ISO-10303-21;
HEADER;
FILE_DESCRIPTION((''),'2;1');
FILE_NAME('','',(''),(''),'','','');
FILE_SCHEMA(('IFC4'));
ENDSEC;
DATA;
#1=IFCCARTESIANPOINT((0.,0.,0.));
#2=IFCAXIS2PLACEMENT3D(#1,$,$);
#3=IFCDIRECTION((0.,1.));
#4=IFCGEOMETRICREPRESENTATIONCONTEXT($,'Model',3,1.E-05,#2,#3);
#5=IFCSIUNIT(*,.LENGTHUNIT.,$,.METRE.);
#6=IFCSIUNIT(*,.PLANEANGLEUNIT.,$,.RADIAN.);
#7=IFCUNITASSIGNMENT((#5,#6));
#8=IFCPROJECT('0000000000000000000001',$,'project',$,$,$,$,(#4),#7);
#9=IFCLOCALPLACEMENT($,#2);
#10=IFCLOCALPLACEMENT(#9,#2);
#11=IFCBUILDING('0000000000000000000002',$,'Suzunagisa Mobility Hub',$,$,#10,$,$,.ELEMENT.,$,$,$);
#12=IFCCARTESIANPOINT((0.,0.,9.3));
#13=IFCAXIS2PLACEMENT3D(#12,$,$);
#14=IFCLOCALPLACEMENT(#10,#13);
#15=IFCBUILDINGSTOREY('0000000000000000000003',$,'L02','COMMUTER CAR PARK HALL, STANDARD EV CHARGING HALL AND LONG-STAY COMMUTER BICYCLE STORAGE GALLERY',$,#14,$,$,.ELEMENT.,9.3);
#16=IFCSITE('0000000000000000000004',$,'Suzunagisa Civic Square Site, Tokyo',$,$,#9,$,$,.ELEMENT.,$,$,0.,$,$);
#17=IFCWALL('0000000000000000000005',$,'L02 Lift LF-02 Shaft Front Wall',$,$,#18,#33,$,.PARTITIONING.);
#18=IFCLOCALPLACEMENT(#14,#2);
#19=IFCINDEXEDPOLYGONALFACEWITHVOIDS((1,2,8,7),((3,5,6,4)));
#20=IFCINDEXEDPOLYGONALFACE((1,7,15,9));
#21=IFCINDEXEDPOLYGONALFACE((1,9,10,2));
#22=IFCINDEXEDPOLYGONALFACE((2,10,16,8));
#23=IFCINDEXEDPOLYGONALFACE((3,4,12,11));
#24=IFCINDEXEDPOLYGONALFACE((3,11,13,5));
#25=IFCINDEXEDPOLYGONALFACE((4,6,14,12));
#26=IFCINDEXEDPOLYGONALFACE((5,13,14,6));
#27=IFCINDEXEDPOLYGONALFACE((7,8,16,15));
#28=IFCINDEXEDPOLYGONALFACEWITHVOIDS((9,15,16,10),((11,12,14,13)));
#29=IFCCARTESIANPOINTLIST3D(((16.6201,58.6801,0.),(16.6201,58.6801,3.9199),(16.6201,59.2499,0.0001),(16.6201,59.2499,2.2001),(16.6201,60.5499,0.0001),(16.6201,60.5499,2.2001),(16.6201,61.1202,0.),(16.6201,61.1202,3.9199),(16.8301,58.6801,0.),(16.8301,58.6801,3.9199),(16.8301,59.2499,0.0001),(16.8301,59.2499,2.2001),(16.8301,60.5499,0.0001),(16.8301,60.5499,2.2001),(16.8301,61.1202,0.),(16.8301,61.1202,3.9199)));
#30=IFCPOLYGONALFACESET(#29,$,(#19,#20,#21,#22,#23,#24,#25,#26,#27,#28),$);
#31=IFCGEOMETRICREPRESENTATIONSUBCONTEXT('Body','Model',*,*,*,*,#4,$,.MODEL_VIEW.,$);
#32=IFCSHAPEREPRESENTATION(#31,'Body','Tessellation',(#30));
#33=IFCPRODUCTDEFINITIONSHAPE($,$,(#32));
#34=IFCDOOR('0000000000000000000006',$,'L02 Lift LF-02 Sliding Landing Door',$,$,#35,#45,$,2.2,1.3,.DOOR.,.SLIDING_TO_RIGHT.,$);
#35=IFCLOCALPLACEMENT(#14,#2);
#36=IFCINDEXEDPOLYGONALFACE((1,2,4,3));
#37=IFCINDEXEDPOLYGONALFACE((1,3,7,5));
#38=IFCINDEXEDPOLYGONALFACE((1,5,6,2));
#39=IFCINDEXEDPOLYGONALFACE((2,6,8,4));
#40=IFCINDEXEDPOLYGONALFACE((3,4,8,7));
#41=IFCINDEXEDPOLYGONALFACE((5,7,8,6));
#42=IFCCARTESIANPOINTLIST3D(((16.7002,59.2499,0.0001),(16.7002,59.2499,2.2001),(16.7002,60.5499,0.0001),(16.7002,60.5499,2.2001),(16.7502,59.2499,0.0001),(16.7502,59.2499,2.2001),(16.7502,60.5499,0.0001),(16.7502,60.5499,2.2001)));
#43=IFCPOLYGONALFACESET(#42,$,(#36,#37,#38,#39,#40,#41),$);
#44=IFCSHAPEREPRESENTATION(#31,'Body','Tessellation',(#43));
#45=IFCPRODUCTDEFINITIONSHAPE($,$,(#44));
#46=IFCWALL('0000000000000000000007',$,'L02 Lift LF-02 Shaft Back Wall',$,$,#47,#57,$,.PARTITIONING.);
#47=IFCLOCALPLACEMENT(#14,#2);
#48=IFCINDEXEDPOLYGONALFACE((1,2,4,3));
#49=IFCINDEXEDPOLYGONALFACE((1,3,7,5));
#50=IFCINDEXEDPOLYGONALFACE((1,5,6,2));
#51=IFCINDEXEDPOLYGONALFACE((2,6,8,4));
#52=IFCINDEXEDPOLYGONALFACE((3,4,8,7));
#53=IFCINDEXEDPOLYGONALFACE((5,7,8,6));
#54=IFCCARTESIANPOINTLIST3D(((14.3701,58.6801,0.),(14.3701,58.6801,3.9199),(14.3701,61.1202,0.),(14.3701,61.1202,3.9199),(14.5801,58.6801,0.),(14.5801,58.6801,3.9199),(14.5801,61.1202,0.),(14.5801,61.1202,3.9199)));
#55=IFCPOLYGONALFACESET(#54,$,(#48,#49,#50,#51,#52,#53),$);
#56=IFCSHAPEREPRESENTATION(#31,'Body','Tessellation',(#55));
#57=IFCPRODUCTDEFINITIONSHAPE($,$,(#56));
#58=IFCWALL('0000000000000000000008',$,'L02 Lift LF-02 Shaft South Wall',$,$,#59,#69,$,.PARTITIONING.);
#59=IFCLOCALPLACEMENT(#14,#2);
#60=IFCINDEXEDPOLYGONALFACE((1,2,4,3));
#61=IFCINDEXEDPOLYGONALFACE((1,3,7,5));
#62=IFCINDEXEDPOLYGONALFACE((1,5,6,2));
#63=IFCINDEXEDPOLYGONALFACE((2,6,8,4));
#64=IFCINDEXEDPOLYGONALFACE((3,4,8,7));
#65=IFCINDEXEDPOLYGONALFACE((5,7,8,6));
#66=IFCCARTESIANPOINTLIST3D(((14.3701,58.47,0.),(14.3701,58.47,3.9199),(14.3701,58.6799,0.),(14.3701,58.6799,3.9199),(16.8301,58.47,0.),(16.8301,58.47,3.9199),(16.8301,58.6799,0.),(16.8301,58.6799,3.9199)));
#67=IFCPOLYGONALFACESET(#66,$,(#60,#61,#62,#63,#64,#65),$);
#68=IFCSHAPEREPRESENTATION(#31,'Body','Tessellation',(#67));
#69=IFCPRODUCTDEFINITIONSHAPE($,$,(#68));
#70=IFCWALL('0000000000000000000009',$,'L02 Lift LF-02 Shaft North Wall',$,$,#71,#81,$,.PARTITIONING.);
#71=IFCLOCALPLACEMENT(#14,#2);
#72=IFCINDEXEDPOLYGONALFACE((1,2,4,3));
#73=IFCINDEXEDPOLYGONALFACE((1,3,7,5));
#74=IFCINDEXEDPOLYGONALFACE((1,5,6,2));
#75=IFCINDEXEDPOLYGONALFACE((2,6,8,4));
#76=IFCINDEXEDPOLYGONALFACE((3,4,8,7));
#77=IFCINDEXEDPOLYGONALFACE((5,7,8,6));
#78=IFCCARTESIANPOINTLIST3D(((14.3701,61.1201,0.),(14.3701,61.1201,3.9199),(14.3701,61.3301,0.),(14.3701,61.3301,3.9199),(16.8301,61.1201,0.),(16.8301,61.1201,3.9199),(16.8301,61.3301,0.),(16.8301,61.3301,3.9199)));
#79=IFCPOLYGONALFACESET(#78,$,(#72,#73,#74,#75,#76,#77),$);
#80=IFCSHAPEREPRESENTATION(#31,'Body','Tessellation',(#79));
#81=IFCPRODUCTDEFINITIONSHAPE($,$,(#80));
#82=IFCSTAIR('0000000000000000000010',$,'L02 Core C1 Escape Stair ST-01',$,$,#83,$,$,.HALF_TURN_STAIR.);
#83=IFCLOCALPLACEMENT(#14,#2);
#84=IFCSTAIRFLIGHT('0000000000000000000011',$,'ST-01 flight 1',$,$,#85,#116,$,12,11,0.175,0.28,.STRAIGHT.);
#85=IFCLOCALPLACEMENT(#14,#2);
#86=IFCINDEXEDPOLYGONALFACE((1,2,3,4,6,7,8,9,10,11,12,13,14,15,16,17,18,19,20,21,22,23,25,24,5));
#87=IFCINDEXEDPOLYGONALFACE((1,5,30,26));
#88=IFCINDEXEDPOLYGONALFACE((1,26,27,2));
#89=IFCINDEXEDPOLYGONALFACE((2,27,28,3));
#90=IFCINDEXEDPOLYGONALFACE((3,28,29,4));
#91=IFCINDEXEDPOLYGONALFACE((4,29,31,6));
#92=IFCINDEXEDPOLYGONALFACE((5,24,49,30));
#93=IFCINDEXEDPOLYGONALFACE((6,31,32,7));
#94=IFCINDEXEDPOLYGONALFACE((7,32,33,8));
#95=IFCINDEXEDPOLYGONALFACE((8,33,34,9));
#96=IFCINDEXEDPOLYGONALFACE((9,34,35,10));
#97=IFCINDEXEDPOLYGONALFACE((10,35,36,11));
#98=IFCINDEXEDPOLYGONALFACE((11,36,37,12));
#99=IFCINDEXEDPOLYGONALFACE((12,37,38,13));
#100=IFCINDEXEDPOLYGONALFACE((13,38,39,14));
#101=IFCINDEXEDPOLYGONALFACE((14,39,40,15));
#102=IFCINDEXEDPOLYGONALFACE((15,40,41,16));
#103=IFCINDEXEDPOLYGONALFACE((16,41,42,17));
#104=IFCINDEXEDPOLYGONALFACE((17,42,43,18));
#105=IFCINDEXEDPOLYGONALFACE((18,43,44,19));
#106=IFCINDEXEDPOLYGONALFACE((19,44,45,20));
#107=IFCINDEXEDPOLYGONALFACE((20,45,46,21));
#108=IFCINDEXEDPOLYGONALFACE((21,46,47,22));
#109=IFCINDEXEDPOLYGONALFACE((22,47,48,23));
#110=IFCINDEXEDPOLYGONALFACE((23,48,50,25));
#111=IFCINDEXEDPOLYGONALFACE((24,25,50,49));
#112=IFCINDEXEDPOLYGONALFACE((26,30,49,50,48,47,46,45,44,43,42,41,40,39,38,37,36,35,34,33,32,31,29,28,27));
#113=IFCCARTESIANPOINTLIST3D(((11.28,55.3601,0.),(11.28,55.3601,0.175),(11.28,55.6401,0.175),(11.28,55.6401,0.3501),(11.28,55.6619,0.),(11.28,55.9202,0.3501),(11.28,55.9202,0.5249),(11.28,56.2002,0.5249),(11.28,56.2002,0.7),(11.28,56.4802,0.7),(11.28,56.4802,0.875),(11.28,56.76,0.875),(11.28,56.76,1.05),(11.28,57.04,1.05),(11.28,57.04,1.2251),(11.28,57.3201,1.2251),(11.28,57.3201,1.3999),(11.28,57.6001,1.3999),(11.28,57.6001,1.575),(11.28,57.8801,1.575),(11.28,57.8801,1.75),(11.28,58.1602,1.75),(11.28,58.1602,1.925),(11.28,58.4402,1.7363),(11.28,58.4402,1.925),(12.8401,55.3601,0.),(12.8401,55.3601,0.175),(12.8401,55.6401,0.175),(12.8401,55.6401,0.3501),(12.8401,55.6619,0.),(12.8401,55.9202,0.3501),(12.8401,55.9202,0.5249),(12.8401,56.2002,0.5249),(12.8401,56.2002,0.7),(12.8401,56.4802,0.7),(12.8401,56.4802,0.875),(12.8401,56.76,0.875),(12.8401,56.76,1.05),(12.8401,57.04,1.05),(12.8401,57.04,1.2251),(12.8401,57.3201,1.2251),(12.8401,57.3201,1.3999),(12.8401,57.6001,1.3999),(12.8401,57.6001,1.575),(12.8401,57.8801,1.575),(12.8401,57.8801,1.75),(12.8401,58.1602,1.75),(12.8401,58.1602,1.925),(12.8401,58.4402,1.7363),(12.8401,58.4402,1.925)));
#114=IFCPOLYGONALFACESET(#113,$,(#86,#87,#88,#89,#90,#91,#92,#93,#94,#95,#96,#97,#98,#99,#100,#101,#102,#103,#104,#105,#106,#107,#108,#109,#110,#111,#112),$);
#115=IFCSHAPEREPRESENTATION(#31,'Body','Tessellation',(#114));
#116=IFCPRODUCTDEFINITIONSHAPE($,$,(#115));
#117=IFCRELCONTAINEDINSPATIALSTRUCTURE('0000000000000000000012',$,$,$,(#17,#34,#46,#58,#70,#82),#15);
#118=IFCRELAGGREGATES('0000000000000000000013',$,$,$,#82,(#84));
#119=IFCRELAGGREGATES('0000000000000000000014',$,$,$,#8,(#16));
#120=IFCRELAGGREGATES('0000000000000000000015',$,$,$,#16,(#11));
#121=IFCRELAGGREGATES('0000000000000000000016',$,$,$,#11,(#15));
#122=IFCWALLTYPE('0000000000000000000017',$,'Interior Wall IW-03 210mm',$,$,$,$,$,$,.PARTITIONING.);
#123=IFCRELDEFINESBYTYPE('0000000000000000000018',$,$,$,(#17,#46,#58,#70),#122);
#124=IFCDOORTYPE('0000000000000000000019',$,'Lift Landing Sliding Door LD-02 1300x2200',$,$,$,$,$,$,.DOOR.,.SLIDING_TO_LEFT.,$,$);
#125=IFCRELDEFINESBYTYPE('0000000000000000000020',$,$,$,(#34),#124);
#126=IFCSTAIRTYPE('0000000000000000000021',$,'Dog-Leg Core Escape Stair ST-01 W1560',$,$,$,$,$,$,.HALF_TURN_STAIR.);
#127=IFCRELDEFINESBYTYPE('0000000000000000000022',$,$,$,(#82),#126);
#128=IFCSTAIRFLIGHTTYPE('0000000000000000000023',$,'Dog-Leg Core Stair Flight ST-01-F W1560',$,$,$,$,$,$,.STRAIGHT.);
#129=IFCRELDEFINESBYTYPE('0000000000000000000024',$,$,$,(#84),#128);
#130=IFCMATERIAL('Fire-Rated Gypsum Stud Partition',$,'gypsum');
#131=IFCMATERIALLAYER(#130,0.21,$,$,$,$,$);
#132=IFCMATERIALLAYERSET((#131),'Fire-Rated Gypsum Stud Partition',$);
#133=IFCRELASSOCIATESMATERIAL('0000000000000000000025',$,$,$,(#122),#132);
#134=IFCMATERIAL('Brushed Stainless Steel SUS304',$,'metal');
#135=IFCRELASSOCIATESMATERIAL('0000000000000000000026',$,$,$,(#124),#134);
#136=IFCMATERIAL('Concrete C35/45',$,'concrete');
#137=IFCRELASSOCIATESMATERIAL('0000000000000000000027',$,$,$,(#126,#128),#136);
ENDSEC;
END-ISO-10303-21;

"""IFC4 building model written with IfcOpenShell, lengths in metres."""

from ifc_helpers import new_model, si_unit, direction, frame, frame_2d, origin, place, context, subcontext, project, spatial, polyline, rectangle, outline, extrude, material, layer, layer_set, type_object, element, fill, aggregate, save


model = new_model("IFC4")

# Units and contexts
model_context = context("Model", 3, precision=1e-05, world=origin(), true_north=direction((0.0, 1.0)))
body_context = subcontext(model_context, "Body", "Model", "MODEL_VIEW")
ifc_project = project(units=[si_unit("LENGTHUNIT", "METRE"), si_unit("PLANEANGLEUNIT", "RADIAN")], contexts=[model_context])

# Site, building, storey
site_placement = place(None, origin())
site = spatial("IfcSite", under=ifc_project, at=site_placement, Name="Suzunagisa Civic Square Site, Tokyo", CompositionType="ELEMENT", RefElevation=0.0)
building_placement = place(site_placement, origin())
building = spatial("IfcBuilding", under=site, at=building_placement, Name="Suzunagisa Mobility Hub", CompositionType="ELEMENT")
storey_placement = place(building_placement, frame((0.0, 0.0, 9.3)))
storey = spatial("IfcBuildingStorey", under=building, at=storey_placement, Name="L02", Description="COMMUTER CAR PARK HALL, STANDARD EV CHARGING HALL AND LONG-STAY COMMUTER BICYCLE STORAGE GALLERY", CompositionType="ELEMENT", Elevation=9.3)

# Shared definitions
ifc_material_1 = material(Name="Concrete C35/45", Category="concrete")
ifc_material_2 = material(Name="Fire-Rated Gypsum Stud Partition", Category="gypsum")
ifc_layer_1 = layer(ifc_material_2, 0.21)
ifc_layer_set_1 = layer_set([ifc_layer_1], Name="Fire-Rated Gypsum Stud Partition")
wall_type_1 = type_object("IfcWallType", Name="Interior Wall IW-03 210mm", PredefinedType="PARTITIONING", material=ifc_layer_set_1)
ifc_material_3 = material(Name="Brushed Stainless Steel SUS304", Category="metal")
door_type_1 = type_object("IfcDoorType", Name="Lift Landing Sliding Door LD-02 1300x2200", OperationType="SLIDING_TO_LEFT", PredefinedType="DOOR", material=ifc_material_3)

# Wall, opening, door
wall_1_placement = place(storey_placement, frame((16.7251, 58.6799, 0.0), z_axis=(0.0, 0.0, 1.0), x_axis=(0.0, 1.0, 0.0)))
wall_1 = element("IfcWall", 1, at=wall_1_placement, inside=storey, type_object=wall_type_1, Name="L02 Lift LF-02 Shaft Front Wall", PredefinedType="PARTITIONING", context=body_context, shape_type="SweptSolid", body=[
    extrude(rectangle(XDim=2.4402, YDim=0.21, at=frame_2d((1.2202, 0.0))), origin(), (0.0, 0.0, 1.0), 3.9199),
])
opening_1_placement = place(wall_1_placement, frame((0.5701, 0.0, 0.0)))
opening_1 = element("IfcOpeningElement", 2, at=opening_1_placement, cuts=wall_1, PredefinedType="OPENING", context=body_context, shape_type="SweptSolid", body=[
    extrude(rectangle(XDim=1.3, YDim=2.2, at=frame_2d((0.6499, 1.1001))), frame((0.0, 0.116, 0.0), z_axis=(0.0, -1.0, 0.0), x_axis=(1.0, 0.0, 0.0)), (0.0, 0.0, 1.0), 0.2319),
])
door_1_placement = place(opening_1_placement, origin())
door_1 = element("IfcDoor", 3, at=door_1_placement, inside=storey, type_object=door_type_1, Name="L02 Lift LF-02 Sliding Landing Door", OperationType="SLIDING_TO_RIGHT", OverallHeight=2.2, OverallWidth=1.3, PredefinedType="DOOR", context=body_context, shape_type="SweptSolid", body=[
    extrude(rectangle(XDim=1.3, YDim=2.2, at=frame_2d((0.6499, 1.1001))), frame((0.0, 0.0249, 0.0), z_axis=(0.0, -1.0, 0.0), x_axis=(1.0, 0.0, 0.0)), (0.0, 0.0, 1.0), 0.05),
])
fill(opening_1, door_1)

# Walls
wall_2_placement = place(storey_placement, frame((14.4751, 58.6799, 0.0), z_axis=(0.0, 0.0, 1.0), x_axis=(0.0, 1.0, 0.0)))
element("IfcWall", 4, at=wall_2_placement, inside=storey, type_object=wall_type_1, Name="L02 Lift LF-02 Shaft Back Wall", PredefinedType="PARTITIONING", context=body_context, shape_type="SweptSolid", body=[
    extrude(rectangle(XDim=2.4402, YDim=0.21, at=frame_2d((1.2202, 0.0))), origin(), (0.0, 0.0, 1.0), 3.9199),
])
for number, where, z_axis, x_axis, name in (
    (5, (14.3701, 58.575, 0.0), (0.0, 0.0, 1.0), (1.0, 0.0, 0.0), "L02 Lift LF-02 Shaft South Wall"),
    (6, (14.3701, 61.2251, 0.0), (0.0, 0.0, 1.0), (1.0, 0.0, 0.0), "L02 Lift LF-02 Shaft North Wall"),
):
    element("IfcWall", number, at=place(storey_placement, frame(where, z_axis=z_axis, x_axis=x_axis)), inside=storey, type_object=wall_type_1, Name=name, PredefinedType="PARTITIONING", context=body_context, shape_type="SweptSolid", body=[
        extrude(rectangle(XDim=2.46, YDim=0.21, at=frame_2d((1.23, 0.0))), origin(), (0.0, 0.0, 1.0), 3.9199),
    ])

# Stair, stair flight
stair_type = type_object("IfcStairType", Name="Dog-Leg Core Escape Stair ST-01 W1560", PredefinedType="HALF_TURN_STAIR", material=ifc_material_1)
stair_placement = place(storey_placement, origin())
stair = element("IfcStair", 7, at=stair_placement, inside=storey, type_object=stair_type, Name="L02 Core C1 Escape Stair ST-01", PredefinedType="HALF_TURN_STAIR")
stair_flight_type = type_object("IfcStairFlightType", Name="Dog-Leg Core Stair Flight ST-01-F W1560", PredefinedType="STRAIGHT", material=ifc_material_1)
stair_flight_placement = place(storey_placement, frame((12.0601, 55.3601, 0.0), z_axis=(0.0, 0.0, 1.0), x_axis=(0.0, 1.0, 0.0)))
stair_flight = element("IfcStairFlight", 8, at=stair_flight_placement, type_object=stair_flight_type, Name="ST-01 flight 1", NumberOfRisers=12, NumberOfTreads=11, PredefinedType="STRAIGHT", RiserHeight=0.175, TreadLength=0.28, context=body_context, shape_type="SweptSolid", body=[
    extrude(outline(polyline([(0.0, 0.0), (0.0, 0.175), (0.28, 0.175), (0.28, 0.3501), (0.5601, 0.3501), (0.5601, 0.5249), (0.8401, 0.5249), (0.8401, 0.7), (1.1201, 0.7), (1.1201, 0.875), (1.3999, 0.875), (1.3999, 1.05), (1.6799, 1.05), (1.6799, 1.2251), (1.96, 1.2251), (1.96, 1.3999), (2.24, 1.3999), (2.24, 1.575), (2.52, 1.575), (2.52, 1.75), (2.8, 1.75), (2.8, 1.925), (3.0801, 1.925), (3.0801, 2.1001), (3.0801, 1.7363), (0.3018, 0.0), (0.0, 0.0)])), frame((0.0, 0.78, 0.0), z_axis=(0.0, -1.0, 0.0), x_axis=(1.0, 0.0, 0.0)), (0.0, 0.0, 1.0), 1.5601),
])
aggregate(stair, [stair_flight])

save(model, "model.ifc")
